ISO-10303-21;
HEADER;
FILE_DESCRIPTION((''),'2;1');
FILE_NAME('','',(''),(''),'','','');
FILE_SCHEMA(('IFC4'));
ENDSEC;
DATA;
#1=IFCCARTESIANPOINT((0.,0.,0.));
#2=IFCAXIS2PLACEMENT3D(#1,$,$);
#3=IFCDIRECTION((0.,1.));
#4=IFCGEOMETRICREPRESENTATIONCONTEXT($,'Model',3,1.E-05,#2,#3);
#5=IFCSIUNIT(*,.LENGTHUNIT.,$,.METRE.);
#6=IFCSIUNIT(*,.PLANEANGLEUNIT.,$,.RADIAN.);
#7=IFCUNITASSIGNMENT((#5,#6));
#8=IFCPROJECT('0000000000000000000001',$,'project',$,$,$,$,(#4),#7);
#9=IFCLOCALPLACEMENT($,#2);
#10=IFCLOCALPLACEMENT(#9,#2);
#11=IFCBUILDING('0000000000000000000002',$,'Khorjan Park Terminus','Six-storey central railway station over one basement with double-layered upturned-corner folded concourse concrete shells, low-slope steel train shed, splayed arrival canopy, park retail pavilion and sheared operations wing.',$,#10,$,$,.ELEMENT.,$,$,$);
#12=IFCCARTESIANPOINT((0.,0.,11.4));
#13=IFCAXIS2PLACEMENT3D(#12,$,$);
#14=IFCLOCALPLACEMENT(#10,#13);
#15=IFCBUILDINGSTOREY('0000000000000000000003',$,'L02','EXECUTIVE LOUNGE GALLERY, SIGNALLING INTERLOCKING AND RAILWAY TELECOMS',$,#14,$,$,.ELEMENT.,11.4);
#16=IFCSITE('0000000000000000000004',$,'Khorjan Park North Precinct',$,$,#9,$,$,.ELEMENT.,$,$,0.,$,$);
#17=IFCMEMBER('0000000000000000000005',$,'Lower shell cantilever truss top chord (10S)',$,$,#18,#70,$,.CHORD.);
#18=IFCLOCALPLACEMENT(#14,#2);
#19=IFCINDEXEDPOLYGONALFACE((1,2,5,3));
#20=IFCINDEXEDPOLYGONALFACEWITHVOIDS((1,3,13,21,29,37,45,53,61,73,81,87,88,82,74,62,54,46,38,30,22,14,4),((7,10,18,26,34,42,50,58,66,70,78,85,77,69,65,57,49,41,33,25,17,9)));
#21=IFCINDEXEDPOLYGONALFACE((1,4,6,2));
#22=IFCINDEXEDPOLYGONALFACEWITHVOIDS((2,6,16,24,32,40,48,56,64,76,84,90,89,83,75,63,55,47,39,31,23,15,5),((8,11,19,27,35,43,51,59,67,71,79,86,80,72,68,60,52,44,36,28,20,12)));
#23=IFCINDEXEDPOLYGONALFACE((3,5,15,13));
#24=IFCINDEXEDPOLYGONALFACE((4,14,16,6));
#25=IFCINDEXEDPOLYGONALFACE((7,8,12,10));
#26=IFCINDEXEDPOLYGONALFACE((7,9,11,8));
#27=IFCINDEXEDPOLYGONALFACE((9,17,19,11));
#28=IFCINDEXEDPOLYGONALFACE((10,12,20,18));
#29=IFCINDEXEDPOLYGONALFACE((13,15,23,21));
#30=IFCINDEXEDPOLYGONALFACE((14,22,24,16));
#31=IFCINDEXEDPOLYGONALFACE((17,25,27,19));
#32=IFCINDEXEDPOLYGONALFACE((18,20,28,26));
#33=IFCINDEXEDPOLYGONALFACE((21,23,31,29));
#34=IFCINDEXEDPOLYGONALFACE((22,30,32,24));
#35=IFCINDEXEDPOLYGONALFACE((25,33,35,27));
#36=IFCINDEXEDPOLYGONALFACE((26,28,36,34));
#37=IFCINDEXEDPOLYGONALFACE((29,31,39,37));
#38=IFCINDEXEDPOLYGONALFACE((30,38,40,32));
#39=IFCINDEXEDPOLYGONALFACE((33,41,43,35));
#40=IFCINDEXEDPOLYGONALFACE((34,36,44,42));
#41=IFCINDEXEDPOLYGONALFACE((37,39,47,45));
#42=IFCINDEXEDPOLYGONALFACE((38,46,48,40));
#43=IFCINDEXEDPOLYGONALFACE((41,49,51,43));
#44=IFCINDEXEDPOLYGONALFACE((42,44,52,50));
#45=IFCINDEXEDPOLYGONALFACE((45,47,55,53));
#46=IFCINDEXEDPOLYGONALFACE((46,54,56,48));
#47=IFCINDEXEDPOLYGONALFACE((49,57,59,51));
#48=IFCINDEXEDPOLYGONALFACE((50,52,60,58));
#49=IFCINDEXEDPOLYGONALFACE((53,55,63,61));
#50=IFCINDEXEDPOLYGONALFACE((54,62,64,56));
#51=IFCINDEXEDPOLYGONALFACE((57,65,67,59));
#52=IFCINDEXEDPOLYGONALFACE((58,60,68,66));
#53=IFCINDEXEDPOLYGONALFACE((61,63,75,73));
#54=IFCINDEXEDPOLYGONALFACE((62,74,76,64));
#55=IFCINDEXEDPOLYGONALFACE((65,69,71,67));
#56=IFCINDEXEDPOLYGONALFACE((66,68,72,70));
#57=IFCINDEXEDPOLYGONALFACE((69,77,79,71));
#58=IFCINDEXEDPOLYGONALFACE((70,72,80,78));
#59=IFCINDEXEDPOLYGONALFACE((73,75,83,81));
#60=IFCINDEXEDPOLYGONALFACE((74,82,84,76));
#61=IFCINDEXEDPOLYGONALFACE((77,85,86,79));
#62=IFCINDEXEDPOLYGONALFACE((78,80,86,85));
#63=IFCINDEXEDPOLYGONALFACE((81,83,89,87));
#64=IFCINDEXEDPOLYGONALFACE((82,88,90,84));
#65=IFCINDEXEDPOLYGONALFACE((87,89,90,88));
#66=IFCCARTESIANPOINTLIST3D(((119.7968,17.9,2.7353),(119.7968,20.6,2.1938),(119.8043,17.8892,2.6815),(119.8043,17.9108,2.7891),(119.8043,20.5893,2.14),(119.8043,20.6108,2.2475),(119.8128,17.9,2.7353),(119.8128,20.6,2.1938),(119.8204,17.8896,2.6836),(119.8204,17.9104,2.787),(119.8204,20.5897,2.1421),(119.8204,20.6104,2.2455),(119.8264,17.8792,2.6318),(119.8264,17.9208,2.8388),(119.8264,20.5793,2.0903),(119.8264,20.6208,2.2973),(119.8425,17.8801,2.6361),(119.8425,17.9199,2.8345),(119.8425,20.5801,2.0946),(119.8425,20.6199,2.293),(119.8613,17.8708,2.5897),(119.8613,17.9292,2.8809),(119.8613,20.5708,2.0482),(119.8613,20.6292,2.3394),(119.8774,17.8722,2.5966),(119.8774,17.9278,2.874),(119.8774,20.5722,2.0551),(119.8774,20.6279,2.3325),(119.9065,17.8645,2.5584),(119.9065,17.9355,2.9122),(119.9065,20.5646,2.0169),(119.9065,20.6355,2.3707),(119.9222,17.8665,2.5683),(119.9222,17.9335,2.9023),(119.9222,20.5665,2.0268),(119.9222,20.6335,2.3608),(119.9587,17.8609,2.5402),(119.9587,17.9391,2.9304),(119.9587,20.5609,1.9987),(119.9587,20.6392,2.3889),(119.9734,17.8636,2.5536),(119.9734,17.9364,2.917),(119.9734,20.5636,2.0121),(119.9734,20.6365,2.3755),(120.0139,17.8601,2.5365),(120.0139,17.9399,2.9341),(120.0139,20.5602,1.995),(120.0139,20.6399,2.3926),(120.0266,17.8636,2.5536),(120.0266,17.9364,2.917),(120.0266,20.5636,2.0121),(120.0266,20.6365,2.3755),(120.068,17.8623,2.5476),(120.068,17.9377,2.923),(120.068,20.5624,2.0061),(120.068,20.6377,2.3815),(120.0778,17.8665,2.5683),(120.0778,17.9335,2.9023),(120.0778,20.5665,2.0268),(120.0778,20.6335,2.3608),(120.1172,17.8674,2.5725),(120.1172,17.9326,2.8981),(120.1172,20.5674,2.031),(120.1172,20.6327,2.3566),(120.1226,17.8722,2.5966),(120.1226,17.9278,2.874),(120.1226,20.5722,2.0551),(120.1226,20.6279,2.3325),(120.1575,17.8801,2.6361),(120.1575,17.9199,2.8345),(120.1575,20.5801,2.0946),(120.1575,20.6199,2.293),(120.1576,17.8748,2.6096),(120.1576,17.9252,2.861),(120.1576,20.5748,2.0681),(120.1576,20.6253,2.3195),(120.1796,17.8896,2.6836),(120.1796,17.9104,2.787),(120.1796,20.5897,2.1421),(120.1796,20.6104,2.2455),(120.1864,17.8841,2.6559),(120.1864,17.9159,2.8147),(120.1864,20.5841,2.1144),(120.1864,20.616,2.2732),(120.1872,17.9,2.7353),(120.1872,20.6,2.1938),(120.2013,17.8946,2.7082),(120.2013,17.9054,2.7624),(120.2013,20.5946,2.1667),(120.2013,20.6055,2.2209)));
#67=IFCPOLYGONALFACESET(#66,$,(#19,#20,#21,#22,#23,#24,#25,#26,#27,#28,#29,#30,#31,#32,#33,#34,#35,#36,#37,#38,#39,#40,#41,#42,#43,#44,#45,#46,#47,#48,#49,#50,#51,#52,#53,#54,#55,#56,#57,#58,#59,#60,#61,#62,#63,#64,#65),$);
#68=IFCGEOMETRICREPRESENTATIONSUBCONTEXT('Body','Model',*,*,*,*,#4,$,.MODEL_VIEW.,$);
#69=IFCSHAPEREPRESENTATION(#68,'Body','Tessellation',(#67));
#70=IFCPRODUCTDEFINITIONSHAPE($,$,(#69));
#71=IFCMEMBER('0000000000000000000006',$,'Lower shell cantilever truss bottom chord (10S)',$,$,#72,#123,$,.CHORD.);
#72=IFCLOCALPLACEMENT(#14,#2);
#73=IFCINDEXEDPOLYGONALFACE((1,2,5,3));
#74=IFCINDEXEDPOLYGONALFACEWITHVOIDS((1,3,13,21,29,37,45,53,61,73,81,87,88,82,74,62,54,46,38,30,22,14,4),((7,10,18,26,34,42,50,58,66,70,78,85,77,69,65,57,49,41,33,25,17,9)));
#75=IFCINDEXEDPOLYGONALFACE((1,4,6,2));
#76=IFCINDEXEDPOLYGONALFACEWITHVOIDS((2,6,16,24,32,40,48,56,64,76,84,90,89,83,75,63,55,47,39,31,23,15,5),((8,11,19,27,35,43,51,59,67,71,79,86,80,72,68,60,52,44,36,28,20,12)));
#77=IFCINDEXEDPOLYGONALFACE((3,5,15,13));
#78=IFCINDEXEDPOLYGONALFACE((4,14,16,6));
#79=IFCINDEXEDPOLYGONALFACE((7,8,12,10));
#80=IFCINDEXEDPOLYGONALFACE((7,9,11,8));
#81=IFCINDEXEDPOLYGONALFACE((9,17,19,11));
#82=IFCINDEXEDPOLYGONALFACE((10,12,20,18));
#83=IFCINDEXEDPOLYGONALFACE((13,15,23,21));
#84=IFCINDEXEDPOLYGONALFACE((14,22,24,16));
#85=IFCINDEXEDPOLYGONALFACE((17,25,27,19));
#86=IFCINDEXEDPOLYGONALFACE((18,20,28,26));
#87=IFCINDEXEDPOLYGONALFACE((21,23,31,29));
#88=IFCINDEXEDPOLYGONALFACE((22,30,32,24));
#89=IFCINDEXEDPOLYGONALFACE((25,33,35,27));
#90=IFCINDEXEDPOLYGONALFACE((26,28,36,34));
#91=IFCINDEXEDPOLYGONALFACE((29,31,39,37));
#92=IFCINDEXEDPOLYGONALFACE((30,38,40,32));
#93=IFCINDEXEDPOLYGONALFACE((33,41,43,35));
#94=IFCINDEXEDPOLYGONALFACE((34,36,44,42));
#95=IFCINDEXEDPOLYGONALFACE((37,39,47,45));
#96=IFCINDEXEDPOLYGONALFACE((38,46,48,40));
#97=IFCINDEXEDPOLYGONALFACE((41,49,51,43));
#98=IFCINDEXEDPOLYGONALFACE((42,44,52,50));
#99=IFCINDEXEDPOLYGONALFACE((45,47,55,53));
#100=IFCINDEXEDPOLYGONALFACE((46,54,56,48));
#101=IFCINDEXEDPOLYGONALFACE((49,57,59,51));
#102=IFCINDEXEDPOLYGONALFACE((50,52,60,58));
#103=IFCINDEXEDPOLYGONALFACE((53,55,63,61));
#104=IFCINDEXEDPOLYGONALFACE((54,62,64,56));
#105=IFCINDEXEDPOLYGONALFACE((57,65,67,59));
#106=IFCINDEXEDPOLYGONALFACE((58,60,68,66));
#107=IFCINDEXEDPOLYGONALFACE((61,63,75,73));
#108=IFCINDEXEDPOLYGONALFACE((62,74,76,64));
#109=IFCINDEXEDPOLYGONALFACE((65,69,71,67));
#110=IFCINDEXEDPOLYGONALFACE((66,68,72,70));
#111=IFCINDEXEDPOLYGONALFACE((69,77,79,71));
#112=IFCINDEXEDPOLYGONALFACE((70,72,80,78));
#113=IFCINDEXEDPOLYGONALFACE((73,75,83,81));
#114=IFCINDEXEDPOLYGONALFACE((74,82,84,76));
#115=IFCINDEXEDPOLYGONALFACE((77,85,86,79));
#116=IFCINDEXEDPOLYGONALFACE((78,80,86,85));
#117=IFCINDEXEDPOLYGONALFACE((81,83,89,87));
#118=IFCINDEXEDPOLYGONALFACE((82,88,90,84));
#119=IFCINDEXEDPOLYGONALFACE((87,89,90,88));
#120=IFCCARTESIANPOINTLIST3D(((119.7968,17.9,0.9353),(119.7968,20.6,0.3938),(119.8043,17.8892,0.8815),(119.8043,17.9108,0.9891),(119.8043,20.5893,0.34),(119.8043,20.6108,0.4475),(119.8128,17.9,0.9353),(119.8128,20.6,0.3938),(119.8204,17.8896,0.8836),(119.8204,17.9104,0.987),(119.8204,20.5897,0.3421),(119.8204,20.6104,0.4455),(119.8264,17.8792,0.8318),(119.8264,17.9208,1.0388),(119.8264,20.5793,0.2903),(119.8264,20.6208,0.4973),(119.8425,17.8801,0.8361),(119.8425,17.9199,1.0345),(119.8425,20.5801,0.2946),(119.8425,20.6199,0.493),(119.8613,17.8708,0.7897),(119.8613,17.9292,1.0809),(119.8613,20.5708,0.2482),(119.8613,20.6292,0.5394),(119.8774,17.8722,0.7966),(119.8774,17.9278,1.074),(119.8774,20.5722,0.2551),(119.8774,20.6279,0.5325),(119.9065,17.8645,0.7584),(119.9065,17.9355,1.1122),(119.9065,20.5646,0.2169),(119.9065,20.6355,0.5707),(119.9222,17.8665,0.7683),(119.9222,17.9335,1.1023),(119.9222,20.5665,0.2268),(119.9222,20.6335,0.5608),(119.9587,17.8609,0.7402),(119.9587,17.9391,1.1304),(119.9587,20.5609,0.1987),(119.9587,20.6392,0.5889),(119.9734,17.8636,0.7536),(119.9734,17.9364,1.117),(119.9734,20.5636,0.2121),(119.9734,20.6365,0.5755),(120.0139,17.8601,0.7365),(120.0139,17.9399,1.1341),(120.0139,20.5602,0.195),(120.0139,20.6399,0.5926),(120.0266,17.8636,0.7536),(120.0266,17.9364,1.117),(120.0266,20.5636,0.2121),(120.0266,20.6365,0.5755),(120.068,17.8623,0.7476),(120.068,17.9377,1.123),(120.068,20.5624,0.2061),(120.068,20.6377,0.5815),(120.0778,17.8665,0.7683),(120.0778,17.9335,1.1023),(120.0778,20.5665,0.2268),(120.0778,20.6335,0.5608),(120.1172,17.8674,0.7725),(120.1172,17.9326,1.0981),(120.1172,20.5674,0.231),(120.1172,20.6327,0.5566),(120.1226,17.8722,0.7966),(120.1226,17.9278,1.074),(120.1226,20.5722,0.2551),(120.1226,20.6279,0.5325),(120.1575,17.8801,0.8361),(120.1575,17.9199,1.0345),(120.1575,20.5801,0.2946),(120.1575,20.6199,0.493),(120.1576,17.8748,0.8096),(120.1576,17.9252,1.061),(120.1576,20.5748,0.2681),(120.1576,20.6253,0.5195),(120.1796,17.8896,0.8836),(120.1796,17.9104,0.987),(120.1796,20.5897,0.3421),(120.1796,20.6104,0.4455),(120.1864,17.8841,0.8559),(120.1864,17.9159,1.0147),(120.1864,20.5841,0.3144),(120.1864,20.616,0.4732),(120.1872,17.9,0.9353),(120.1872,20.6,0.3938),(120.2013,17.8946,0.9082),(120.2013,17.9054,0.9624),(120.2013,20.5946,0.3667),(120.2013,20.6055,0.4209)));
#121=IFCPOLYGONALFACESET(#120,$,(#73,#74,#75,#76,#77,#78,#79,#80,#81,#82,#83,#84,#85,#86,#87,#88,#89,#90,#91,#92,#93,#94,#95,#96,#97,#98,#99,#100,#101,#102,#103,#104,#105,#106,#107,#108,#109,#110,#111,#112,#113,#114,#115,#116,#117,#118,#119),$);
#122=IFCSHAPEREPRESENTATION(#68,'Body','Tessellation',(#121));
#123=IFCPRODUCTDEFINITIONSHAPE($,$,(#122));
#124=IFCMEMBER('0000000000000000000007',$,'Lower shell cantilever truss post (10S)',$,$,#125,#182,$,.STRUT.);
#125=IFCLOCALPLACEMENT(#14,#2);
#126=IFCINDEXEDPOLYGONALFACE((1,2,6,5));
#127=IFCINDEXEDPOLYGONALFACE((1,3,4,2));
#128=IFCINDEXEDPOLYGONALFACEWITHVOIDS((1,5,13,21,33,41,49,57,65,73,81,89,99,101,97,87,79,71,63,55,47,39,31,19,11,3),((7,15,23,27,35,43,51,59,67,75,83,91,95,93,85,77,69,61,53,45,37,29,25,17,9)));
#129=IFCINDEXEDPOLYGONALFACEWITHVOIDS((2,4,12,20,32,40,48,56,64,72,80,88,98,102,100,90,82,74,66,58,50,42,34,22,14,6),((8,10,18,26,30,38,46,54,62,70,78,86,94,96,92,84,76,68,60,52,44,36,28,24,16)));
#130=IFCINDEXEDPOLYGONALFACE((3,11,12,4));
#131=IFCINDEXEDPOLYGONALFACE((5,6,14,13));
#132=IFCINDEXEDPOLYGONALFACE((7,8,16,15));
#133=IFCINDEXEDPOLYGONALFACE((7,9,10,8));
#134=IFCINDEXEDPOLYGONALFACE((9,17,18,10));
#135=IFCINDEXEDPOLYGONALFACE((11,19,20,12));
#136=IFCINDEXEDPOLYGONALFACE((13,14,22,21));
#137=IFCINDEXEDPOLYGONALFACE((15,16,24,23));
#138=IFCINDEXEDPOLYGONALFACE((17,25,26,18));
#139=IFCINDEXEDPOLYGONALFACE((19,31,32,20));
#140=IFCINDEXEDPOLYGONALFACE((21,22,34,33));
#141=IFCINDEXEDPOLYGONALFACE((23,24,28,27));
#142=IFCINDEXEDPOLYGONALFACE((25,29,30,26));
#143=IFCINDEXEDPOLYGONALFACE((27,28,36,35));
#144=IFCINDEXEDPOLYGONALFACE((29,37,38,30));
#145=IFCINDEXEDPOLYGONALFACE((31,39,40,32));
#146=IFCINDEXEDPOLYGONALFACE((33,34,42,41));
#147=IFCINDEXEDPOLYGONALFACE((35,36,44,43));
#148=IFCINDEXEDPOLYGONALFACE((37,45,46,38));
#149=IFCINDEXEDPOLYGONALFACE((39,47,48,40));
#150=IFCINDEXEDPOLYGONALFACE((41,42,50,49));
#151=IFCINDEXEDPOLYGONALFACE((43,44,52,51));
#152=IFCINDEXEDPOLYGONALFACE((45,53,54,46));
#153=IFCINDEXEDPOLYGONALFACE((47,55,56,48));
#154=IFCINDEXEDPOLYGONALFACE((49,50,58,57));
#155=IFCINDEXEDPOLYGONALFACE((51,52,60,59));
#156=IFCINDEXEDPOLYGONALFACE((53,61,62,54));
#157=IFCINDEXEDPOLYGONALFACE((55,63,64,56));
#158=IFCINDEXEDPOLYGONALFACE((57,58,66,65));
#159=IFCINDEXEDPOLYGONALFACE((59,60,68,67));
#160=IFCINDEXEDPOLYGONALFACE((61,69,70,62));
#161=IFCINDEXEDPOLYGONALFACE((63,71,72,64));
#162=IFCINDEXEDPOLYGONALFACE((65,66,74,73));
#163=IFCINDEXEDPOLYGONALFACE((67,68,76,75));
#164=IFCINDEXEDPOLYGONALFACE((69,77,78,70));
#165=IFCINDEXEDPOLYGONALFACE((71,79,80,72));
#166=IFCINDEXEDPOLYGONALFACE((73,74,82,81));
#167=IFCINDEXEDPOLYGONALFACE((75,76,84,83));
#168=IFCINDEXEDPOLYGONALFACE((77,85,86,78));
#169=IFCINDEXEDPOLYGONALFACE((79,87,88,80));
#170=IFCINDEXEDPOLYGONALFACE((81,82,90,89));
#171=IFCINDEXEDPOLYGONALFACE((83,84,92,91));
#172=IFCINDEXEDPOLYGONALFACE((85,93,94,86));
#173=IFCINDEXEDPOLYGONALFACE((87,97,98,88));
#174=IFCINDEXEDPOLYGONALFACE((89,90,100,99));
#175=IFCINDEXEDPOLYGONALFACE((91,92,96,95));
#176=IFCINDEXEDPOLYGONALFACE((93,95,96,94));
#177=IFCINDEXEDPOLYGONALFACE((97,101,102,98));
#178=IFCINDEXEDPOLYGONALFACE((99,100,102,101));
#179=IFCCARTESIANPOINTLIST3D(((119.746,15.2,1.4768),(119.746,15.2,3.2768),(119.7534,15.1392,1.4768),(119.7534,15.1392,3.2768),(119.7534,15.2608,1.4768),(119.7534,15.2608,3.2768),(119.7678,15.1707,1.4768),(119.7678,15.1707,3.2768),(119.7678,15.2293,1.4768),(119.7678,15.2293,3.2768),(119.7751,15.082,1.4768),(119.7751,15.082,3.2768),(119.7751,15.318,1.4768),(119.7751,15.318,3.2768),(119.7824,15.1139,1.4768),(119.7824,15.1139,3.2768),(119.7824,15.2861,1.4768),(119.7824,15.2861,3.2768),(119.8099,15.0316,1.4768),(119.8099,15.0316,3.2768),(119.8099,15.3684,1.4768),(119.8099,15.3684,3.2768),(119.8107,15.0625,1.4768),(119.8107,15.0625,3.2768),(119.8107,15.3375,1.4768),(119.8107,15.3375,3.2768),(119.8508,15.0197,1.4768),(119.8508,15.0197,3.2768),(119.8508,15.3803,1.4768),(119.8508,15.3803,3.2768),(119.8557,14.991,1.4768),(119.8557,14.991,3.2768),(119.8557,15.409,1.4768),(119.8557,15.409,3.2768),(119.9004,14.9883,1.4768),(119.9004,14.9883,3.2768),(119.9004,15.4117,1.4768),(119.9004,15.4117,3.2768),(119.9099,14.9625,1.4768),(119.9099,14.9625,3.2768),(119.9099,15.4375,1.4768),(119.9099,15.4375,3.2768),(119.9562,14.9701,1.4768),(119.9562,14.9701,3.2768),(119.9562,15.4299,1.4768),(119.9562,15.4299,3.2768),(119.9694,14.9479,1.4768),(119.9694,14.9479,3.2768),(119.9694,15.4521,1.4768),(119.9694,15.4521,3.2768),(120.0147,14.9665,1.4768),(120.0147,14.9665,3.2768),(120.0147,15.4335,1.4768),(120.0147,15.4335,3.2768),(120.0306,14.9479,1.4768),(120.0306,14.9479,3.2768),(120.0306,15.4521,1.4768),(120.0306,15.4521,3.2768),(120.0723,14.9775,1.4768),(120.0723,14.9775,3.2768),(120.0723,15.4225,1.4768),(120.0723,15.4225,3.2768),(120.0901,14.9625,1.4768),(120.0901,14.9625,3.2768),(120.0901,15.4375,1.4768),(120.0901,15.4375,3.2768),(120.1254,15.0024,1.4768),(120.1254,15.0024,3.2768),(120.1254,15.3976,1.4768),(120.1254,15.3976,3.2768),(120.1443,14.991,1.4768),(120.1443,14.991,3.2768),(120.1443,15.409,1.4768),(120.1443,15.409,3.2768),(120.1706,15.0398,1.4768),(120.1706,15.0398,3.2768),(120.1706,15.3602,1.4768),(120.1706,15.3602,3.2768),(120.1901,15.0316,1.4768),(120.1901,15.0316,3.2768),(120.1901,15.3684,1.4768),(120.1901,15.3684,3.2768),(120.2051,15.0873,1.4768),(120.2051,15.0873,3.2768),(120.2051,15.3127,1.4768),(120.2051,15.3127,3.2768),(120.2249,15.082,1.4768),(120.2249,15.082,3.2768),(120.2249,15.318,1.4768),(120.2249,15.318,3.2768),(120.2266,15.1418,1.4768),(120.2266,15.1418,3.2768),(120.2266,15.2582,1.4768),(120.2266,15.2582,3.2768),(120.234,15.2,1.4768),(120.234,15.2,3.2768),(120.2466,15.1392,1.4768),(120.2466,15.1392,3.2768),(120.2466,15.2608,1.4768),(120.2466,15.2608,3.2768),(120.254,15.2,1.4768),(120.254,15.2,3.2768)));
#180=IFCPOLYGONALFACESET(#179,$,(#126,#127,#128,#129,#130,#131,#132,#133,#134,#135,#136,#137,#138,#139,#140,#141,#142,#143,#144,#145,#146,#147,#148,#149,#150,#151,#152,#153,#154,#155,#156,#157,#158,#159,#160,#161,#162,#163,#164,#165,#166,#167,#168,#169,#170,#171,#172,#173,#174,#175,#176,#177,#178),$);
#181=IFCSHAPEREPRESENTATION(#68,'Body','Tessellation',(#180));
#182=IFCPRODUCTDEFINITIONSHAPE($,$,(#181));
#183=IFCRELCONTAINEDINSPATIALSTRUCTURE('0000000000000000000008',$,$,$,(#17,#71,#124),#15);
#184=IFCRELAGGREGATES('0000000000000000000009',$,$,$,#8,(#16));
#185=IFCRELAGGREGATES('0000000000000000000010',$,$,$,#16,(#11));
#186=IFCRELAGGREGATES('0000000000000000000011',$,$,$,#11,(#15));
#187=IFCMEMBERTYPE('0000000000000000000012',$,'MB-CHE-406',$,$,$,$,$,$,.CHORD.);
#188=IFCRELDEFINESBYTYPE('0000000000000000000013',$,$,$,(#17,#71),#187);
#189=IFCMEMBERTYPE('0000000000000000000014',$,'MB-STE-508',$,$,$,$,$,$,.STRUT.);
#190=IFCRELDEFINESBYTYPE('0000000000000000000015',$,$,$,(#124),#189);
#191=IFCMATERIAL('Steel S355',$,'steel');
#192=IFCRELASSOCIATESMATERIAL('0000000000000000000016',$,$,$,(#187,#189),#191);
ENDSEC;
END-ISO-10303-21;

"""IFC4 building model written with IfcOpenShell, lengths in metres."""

from ifc_helpers import new_model, si_unit, direction, frame, origin, origin_2d, place, context, subcontext, project, spatial, hollow_circle, extrude, material, material_profile, profile_set, type_object, element, save


model = new_model("IFC4")

# Units and contexts
model_context = context("Model", 3, precision=1e-05, world=origin(), true_north=direction((0.0, 1.0)))
body_context = subcontext(model_context, "Body", "Model", "MODEL_VIEW")
ifc_project = project(units=[si_unit("LENGTHUNIT", "METRE"), si_unit("PLANEANGLEUNIT", "RADIAN")], contexts=[model_context])

# Site, building, storey
site_placement = place(None, origin())
site = spatial("IfcSite", under=ifc_project, at=site_placement, Name="Khorjan Park North Precinct", CompositionType="ELEMENT", RefElevation=0.0)
building_placement = place(site_placement, origin())
building = spatial("IfcBuilding", under=site, at=building_placement, Name="Khorjan Park Terminus", Description="Six-storey central railway station over one basement with double-layered upturned-corner folded concourse concrete shells, low-slope steel train shed, splayed arrival canopy, park retail pavilion and sheared operations wing.", CompositionType="ELEMENT")
storey_placement = place(building_placement, frame((0.0, 0.0, 11.4)))
storey = spatial("IfcBuildingStorey", under=building, at=storey_placement, Name="L02", Description="EXECUTIVE LOUNGE GALLERY, SIGNALLING INTERLOCKING AND RAILWAY TELECOMS", CompositionType="ELEMENT", Elevation=11.4)

# Members
ifc_material = material(Name="Steel S355", Category="steel")
ifc_material_profile_1 = material_profile(ifc_material, hollow_circle(Radius=0.2032, WallThickness=0.016, at=origin_2d()), Name="CHS 406.4x16")
ifc_profile_set_1 = profile_set([ifc_material_profile_1], Name="Steel S355")
member_type_1 = type_object("IfcMemberType", Name="MB-CHE-406", PredefinedType="CHORD", material=ifc_profile_set_1)
for number, where, z_axis, x_axis, name in (
    (1, (120.0, 17.9, 2.7353), (0.0, 0.980476, -0.19664), (-1.0, 0.0, 0.0), "Lower shell cantilever truss top chord (10S)"),
    (2, (120.0, 17.9, 0.9353), (0.0, 0.980476, -0.19664), (-1.0, 0.0, 0.0), "Lower shell cantilever truss bottom chord (10S)"),
):
    element("IfcMember", number, at=place(storey_placement, frame(where, z_axis=z_axis, x_axis=x_axis)), inside=storey, type_object=member_type_1, Name=name, PredefinedType="CHORD", context=body_context, shape_type="SweptSolid", body=[
        extrude(hollow_circle(Radius=0.2032, WallThickness=0.016, at=origin_2d()), origin(), (0.0, 0.0, 1.0), 2.7538),
    ])
ifc_material_profile_2 = material_profile(ifc_material, hollow_circle(Radius=0.254, WallThickness=0.02, at=origin_2d()), Name="CHS 508x20")
ifc_profile_set_2 = profile_set([ifc_material_profile_2], Name="Steel S355")
member_type_2 = type_object("IfcMemberType", Name="MB-STE-508", PredefinedType="STRUT", material=ifc_profile_set_2)
for number, where, z_axis, x_axis, name in (
    (3, (120.0, 15.2, 1.4768), (0.0, 0.0, 1.0), (1.0, 0.0, 0.0), "Lower shell cantilever truss post (10S)"),
):
    element("IfcMember", number, at=place(storey_placement, frame(where, z_axis=z_axis, x_axis=x_axis)), inside=storey, type_object=member_type_2, Name=name, PredefinedType="STRUT", context=body_context, shape_type="SweptSolid", body=[
        extrude(hollow_circle(Radius=0.254, WallThickness=0.02, at=origin_2d()), origin(), (0.0, 0.0, 1.0), 1.8),
    ])

save(model, "model.ifc")
